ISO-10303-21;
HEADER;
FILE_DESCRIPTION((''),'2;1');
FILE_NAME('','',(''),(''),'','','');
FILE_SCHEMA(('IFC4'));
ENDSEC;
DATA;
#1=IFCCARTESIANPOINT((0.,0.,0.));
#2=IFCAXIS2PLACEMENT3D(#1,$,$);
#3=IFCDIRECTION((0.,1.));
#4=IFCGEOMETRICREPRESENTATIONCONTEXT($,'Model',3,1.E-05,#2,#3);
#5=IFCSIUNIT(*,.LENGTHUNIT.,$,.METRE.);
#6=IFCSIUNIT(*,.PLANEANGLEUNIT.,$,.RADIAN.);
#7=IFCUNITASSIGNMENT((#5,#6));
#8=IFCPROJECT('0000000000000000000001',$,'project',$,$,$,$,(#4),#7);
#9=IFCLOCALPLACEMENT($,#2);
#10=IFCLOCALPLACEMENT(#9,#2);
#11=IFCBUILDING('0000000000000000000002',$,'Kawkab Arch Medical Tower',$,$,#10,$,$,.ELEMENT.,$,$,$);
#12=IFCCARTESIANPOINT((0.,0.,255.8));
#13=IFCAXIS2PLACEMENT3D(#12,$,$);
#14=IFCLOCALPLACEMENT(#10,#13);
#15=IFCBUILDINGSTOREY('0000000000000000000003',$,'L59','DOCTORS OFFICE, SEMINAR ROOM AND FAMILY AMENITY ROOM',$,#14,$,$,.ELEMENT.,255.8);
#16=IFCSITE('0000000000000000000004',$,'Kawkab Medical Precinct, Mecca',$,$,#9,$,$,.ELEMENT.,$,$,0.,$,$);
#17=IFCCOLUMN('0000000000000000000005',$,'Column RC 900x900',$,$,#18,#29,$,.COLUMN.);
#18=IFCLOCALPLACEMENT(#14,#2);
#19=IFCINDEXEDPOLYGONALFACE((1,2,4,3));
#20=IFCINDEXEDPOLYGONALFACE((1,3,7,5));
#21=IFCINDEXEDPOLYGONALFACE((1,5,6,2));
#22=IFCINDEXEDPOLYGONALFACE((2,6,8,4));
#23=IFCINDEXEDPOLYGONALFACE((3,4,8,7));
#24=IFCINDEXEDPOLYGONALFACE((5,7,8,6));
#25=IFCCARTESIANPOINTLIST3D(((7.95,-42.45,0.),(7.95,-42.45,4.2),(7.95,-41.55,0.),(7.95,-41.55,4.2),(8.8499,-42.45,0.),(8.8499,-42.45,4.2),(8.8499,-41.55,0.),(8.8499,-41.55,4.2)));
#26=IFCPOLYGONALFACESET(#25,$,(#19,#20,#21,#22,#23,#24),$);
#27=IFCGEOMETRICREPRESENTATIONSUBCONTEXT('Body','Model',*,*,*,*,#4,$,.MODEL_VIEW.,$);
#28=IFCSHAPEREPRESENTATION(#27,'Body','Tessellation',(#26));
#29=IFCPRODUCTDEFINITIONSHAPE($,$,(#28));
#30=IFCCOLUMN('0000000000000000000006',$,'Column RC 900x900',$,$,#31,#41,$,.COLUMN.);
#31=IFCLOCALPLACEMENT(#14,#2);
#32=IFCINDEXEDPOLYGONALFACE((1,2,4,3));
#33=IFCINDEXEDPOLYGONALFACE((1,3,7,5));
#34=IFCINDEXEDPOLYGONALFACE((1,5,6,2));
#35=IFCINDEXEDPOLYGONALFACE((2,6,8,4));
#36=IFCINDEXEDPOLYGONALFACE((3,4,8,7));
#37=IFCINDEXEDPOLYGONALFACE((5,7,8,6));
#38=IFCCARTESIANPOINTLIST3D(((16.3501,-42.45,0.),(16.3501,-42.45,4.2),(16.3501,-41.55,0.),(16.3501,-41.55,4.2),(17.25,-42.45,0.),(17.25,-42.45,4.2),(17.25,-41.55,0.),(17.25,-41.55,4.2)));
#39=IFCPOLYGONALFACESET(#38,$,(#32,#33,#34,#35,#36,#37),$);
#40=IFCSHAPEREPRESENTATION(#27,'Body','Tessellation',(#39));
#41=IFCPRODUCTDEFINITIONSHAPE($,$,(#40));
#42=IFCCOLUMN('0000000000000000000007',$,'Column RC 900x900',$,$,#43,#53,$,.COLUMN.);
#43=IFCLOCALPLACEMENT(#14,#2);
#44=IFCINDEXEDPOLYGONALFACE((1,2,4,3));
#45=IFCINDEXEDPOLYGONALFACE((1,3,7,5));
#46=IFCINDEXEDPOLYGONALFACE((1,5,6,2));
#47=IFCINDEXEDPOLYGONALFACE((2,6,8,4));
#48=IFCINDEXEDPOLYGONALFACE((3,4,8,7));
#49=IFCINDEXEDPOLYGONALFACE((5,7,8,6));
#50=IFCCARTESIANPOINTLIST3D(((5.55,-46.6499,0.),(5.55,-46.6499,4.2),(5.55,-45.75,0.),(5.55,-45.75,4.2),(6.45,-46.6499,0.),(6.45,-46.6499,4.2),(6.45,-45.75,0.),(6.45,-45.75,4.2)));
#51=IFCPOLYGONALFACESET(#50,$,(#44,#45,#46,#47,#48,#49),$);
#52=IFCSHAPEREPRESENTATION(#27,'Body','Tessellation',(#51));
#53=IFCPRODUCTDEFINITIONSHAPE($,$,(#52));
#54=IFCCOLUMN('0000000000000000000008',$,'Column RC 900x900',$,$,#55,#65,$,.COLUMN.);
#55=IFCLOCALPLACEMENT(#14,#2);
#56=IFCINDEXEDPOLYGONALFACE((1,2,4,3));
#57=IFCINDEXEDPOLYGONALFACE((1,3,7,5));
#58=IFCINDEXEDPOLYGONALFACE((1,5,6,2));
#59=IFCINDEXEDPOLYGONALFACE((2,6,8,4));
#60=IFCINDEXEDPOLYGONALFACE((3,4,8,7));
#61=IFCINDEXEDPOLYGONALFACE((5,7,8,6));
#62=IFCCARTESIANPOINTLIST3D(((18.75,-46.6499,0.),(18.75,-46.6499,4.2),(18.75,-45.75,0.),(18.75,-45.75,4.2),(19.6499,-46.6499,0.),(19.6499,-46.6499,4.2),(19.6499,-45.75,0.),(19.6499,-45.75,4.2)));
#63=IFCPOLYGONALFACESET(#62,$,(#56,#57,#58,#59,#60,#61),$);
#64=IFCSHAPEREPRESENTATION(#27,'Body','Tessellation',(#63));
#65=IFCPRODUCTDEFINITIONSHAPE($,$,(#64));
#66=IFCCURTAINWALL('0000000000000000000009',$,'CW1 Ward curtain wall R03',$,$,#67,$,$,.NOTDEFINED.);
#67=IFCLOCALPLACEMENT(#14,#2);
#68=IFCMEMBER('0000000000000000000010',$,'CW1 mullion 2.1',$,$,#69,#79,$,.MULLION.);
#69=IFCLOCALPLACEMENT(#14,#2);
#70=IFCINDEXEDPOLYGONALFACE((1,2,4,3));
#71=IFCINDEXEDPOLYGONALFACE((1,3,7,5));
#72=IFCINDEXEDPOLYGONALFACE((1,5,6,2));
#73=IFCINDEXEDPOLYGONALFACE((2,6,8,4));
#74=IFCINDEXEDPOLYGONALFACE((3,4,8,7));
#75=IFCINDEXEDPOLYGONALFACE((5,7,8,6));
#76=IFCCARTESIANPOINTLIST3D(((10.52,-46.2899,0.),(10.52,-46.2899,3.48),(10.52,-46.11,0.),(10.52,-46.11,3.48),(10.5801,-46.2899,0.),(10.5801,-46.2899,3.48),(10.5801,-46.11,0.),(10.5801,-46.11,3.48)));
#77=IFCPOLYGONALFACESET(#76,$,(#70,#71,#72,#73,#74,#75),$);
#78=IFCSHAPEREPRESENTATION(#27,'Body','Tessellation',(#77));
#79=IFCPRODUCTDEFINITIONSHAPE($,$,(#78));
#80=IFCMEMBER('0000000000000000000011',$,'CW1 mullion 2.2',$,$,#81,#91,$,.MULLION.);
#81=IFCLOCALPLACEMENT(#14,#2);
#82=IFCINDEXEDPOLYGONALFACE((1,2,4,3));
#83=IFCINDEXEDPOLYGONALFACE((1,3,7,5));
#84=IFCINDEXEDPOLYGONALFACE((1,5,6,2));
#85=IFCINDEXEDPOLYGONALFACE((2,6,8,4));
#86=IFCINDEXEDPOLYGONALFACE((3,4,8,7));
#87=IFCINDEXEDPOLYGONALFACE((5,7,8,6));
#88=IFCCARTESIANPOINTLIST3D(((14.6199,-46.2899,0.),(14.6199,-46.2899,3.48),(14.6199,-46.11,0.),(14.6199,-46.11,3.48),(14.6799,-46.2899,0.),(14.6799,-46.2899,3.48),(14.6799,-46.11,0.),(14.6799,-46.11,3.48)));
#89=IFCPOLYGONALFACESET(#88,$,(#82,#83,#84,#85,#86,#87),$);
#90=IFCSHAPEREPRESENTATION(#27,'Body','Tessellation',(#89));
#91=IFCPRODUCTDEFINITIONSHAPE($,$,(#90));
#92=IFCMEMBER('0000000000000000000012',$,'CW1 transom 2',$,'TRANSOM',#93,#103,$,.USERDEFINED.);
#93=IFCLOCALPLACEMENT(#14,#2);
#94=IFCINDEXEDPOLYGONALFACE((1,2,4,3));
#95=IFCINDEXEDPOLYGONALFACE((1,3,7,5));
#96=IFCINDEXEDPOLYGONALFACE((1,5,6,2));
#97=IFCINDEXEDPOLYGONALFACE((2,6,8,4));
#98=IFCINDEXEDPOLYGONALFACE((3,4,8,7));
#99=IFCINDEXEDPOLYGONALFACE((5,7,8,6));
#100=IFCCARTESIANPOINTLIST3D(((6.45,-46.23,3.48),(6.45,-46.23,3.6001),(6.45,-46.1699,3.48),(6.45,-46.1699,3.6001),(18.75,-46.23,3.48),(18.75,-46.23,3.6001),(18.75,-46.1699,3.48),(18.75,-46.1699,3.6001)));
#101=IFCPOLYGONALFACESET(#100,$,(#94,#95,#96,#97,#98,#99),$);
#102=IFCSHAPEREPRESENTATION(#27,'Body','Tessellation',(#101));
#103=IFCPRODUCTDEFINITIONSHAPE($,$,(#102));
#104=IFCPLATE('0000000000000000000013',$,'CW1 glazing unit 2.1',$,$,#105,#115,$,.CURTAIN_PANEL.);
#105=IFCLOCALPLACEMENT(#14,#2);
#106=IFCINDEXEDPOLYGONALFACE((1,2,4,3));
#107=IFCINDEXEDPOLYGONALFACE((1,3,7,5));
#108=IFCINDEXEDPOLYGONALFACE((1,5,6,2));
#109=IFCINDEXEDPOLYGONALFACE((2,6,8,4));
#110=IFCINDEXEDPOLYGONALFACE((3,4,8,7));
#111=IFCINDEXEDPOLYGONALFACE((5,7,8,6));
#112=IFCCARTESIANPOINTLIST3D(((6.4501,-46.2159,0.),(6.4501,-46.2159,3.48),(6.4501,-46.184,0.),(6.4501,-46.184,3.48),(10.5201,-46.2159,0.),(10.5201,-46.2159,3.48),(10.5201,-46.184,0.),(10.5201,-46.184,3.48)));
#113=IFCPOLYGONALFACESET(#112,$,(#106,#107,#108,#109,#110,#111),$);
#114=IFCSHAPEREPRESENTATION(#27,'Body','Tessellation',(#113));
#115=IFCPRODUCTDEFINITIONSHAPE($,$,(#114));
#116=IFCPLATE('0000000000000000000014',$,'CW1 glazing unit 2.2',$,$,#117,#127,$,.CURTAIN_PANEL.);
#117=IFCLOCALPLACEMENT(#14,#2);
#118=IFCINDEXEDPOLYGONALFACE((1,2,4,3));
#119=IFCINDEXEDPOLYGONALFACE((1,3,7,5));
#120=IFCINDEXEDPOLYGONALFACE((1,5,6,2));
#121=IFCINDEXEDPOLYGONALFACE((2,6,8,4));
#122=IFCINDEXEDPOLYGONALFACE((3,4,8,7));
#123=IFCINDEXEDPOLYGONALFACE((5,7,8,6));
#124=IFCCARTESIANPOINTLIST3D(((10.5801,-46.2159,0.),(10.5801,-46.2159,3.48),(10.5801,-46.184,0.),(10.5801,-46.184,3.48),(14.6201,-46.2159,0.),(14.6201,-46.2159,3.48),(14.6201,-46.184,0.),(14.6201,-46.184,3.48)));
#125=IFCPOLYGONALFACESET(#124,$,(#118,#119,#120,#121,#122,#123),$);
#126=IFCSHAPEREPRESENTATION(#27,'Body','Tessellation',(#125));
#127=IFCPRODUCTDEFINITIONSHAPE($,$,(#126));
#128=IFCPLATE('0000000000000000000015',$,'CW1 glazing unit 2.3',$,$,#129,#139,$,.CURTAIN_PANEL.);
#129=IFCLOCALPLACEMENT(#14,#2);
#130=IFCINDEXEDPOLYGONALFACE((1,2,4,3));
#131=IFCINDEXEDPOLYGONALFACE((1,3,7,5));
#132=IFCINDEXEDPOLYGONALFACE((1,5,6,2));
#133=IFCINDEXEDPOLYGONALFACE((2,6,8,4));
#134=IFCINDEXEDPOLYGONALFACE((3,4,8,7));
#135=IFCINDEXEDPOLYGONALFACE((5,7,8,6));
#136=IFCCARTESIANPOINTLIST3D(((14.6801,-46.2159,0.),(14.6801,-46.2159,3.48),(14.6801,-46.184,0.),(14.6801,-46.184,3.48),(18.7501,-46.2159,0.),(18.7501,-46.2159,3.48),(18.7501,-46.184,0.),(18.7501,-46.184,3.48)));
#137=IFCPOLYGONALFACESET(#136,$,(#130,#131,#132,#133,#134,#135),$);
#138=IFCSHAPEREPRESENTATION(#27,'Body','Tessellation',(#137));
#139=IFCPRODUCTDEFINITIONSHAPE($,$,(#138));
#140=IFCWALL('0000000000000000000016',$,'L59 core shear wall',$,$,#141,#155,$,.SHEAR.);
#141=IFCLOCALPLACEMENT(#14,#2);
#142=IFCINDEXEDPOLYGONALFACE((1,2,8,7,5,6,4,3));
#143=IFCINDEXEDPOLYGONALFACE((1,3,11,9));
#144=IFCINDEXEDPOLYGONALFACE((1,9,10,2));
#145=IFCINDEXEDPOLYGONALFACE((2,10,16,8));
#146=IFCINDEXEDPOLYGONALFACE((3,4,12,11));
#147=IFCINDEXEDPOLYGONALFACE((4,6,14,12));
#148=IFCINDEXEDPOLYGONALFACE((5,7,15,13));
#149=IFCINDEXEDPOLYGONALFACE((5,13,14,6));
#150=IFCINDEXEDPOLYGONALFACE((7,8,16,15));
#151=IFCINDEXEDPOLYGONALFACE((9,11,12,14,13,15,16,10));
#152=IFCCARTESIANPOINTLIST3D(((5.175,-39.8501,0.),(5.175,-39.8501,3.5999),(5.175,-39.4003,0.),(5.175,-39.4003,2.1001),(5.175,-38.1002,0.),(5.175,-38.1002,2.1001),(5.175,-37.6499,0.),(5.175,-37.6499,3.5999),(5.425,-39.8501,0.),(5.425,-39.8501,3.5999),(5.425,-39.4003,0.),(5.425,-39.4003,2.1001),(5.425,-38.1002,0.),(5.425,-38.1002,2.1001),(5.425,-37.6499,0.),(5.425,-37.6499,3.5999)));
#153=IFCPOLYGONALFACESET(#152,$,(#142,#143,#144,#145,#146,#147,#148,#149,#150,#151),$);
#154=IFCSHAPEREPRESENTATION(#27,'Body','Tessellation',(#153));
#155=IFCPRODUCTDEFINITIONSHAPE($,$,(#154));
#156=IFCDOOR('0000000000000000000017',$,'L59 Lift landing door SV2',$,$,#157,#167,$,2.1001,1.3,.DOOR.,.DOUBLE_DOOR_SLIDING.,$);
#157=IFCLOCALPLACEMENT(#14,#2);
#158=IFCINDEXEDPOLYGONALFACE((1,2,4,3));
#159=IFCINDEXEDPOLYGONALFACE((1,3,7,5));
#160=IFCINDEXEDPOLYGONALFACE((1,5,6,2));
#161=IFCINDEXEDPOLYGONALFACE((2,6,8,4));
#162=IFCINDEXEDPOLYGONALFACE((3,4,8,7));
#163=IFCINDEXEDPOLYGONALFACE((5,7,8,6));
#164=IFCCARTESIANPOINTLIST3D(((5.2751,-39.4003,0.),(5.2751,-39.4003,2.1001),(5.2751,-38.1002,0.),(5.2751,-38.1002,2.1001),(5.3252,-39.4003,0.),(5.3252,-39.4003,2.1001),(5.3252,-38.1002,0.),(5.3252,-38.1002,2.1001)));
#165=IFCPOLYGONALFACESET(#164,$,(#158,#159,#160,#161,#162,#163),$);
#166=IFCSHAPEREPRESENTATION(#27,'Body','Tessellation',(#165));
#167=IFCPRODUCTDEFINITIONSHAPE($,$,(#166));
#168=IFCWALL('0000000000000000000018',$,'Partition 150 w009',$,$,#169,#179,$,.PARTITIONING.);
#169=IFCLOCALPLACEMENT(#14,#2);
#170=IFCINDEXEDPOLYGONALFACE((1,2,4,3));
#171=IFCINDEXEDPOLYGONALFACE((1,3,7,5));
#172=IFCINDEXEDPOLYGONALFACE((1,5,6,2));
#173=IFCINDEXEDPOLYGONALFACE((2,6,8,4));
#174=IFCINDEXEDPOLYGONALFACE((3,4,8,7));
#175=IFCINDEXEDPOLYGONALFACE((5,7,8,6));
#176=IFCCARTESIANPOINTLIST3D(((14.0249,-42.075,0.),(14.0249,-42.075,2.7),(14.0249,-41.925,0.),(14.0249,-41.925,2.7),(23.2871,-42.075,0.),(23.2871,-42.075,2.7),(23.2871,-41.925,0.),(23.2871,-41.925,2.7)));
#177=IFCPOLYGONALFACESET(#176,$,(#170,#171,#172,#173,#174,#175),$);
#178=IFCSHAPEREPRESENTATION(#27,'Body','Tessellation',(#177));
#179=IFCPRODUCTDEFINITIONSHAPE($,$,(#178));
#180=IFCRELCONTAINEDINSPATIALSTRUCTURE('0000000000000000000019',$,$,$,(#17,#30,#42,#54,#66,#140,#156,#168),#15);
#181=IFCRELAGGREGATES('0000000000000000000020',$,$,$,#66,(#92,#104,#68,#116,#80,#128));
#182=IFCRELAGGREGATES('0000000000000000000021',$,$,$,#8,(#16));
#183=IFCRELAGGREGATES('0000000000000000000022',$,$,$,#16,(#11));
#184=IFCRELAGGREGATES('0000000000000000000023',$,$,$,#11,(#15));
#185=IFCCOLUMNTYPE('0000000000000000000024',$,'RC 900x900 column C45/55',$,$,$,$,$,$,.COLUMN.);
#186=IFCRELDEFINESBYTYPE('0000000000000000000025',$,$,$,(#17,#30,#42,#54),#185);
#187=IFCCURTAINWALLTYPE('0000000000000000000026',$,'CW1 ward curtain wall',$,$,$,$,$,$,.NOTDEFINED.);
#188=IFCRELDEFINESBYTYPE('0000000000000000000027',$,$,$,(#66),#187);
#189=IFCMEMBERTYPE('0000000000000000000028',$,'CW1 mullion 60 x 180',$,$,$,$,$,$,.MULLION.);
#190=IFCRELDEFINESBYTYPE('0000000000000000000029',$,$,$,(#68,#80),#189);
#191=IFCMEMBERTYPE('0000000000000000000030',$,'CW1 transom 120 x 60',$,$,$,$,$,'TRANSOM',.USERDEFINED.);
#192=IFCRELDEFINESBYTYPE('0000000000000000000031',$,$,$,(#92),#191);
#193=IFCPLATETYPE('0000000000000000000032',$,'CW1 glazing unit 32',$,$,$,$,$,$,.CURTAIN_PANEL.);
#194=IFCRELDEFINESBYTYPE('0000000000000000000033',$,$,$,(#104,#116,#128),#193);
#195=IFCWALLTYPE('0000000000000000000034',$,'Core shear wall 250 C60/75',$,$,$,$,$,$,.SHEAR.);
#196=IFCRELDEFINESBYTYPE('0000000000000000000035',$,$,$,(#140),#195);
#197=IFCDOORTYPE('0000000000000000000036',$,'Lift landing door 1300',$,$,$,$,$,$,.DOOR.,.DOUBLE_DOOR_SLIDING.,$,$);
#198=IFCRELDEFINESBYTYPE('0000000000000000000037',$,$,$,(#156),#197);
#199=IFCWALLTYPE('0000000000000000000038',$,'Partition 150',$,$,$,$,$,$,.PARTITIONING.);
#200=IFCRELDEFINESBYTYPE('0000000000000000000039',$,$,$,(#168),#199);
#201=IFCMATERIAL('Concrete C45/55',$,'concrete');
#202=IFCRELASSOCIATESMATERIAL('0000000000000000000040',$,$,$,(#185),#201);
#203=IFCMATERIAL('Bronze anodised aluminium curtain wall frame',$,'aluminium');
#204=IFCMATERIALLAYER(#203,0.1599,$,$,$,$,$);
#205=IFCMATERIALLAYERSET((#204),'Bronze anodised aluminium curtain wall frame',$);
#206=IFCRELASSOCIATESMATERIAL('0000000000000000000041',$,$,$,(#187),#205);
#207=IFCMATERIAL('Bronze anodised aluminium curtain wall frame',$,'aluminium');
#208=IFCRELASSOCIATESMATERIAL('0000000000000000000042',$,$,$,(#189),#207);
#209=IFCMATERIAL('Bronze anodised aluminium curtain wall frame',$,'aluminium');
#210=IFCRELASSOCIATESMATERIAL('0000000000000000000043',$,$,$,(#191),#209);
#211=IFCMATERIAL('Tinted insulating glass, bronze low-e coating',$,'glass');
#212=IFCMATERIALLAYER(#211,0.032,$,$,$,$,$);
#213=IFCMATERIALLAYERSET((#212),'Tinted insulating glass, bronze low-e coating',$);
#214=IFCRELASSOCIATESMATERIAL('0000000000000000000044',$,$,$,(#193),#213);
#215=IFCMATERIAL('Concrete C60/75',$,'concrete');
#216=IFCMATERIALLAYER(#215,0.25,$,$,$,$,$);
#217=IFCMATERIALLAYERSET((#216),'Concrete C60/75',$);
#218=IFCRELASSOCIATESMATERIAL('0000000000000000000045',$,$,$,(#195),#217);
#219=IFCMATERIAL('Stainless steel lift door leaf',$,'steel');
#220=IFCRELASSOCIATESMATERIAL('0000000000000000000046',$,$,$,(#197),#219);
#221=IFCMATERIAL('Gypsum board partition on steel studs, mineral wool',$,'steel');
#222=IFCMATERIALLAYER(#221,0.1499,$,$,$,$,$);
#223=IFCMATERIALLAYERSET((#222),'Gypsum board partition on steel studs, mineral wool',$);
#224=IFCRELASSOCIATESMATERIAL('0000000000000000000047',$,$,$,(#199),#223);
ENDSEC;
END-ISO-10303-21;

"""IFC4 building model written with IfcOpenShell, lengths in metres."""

from ifc_helpers import new_model, si_unit, direction, frame, frame_2d, origin, origin_2d, place, context, subcontext, project, spatial, rectangle, extrude, material, layer, layer_set, material_profile, profile_set, type_object, element, fill, aggregate, save


model = new_model("IFC4")

# Units and contexts
model_context = context("Model", 3, precision=1e-05, world=origin(), true_north=direction((0.0, 1.0)))
body_context = subcontext(model_context, "Body", "Model", "MODEL_VIEW")
ifc_project = project(units=[si_unit("LENGTHUNIT", "METRE"), si_unit("PLANEANGLEUNIT", "RADIAN")], contexts=[model_context])

# Site, building, storey
site_placement = place(None, origin())
site = spatial("IfcSite", under=ifc_project, at=site_placement, Name="Kawkab Medical Precinct, Mecca", CompositionType="ELEMENT", RefElevation=0.0)
building_placement = place(site_placement, origin())
building = spatial("IfcBuilding", under=site, at=building_placement, Name="Kawkab Arch Medical Tower", CompositionType="ELEMENT")
storey_placement = place(building_placement, frame((0.0, 0.0, 255.8)))
storey = spatial("IfcBuildingStorey", under=building, at=storey_placement, Name="L59", Description="DOCTORS OFFICE, SEMINAR ROOM AND FAMILY AMENITY ROOM", CompositionType="ELEMENT", Elevation=255.8)

# Columns
ifc_material_1 = material(Name="Concrete C45/55", Category="concrete")
ifc_material_profile_1 = material_profile(ifc_material_1, rectangle(XDim=0.8999, YDim=0.8999, at=origin_2d()), Name="RC 900x900")
ifc_profile_set_1 = profile_set([ifc_material_profile_1], Name="Concrete C45/55")
column_type = type_object("IfcColumnType", Name="RC 900x900 column C45/55", PredefinedType="COLUMN", material=ifc_profile_set_1)
for number, where, z_axis, x_axis, name in (
    (1, (8.3999, -42.0, 0.0), (0.0, 0.0, 1.0), (1.0, 0.0, 0.0), "Column RC 900x900"),
    (2, (16.8, -42.0, 0.0), (0.0, 0.0, 1.0), (1.0, 0.0, 0.0), "Column RC 900x900"),
    (3, (6.0, -46.2, 0.0), (0.0, 0.0, 1.0), (1.0, 0.0, 0.0), "Column RC 900x900"),
    (4, (19.2, -46.2, 0.0), (0.0, 0.0, 1.0), (1.0, 0.0, 0.0), "Column RC 900x900"),
):
    element("IfcColumn", number, at=place(storey_placement, frame(where, z_axis=z_axis, x_axis=x_axis)), inside=storey, type_object=column_type, Name=name, PredefinedType="COLUMN", context=body_context, shape_type="SweptSolid", body=[
        extrude(rectangle(XDim=0.8999, YDim=0.8999, at=origin_2d()), origin(), (0.0, 0.0, 1.0), 4.2),
    ])

# Curtain wall, members, plates
ifc_material_2 = material(Name="Bronze anodised aluminium curtain wall frame", Category="aluminium")
ifc_layer_1 = layer(ifc_material_2, 0.1599)
ifc_layer_set_1 = layer_set([ifc_layer_1], Name="Bronze anodised aluminium curtain wall frame")
curtain_wall_type = type_object("IfcCurtainWallType", Name="CW1 ward curtain wall", PredefinedType="NOTDEFINED", material=ifc_layer_set_1)
curtain_wall_placement = place(storey_placement, origin())
curtain_wall = element("IfcCurtainWall", 5, at=curtain_wall_placement, inside=storey, type_object=curtain_wall_type, Name="CW1 Ward curtain wall R03", PredefinedType="NOTDEFINED")
ifc_material_3 = material(Name="Bronze anodised aluminium curtain wall frame", Category="aluminium")
ifc_material_profile_2 = material_profile(ifc_material_3, rectangle(XDim=0.1799, YDim=0.0601, at=origin_2d()), Name="AL 60x180")
ifc_profile_set_2 = profile_set([ifc_material_profile_2], Name="Bronze anodised aluminium curtain wall frame")
member_type_1 = type_object("IfcMemberType", Name="CW1 mullion 60 x 180", PredefinedType="MULLION", material=ifc_profile_set_2)
member_1_placement = place(storey_placement, frame((10.55, -46.2, 0.0), z_axis=(0.0, 0.0, 1.0), x_axis=(0.0, 1.0, 0.0)))
member_1 = element("IfcMember", 6, at=member_1_placement, type_object=member_type_1, Name="CW1 mullion 2.1", PredefinedType="MULLION", context=body_context, shape_type="SweptSolid", body=[
    extrude(rectangle(XDim=0.1799, YDim=0.0601, at=origin_2d()), origin(), (0.0, 0.0, 1.0), 3.48),
])
member_2_placement = place(storey_placement, frame((14.6499, -46.2, 0.0), z_axis=(0.0, 0.0, 1.0), x_axis=(0.0, 1.0, 0.0)))
member_2 = element("IfcMember", 7, at=member_2_placement, type_object=member_type_1, Name="CW1 mullion 2.2", PredefinedType="MULLION", context=body_context, shape_type="SweptSolid", body=[
    extrude(rectangle(XDim=0.1799, YDim=0.0601, at=origin_2d()), origin(), (0.0, 0.0, 1.0), 3.48),
])
ifc_material_4 = material(Name="Bronze anodised aluminium curtain wall frame", Category="aluminium")
ifc_material_profile_3 = material_profile(ifc_material_4, rectangle(XDim=0.0601, YDim=0.1201, at=origin_2d()), Name="AL 60x120")
ifc_profile_set_3 = profile_set([ifc_material_profile_3], Name="Bronze anodised aluminium curtain wall frame")
member_type_2 = type_object("IfcMemberType", Name="CW1 transom 120 x 60", ElementType="TRANSOM", PredefinedType="USERDEFINED", material=ifc_profile_set_3)
member_3_placement = place(storey_placement, frame((6.45, -46.2, 3.54), z_axis=(1.0, 0.0, 0.0), x_axis=(0.0, 1.0, 0.0)))
member_3 = element("IfcMember", 8, at=member_3_placement, type_object=member_type_2, Name="CW1 transom 2", ObjectType="TRANSOM", PredefinedType="USERDEFINED", context=body_context, shape_type="SweptSolid", body=[
    extrude(rectangle(XDim=0.0601, YDim=0.1201, at=origin_2d()), origin(), (0.0, 0.0, 1.0), 12.3),
])
ifc_material_5 = material(Name="Tinted insulating glass, bronze low-e coating", Category="glass")
ifc_layer_2 = layer(ifc_material_5, 0.032)
ifc_layer_set_2 = layer_set([ifc_layer_2], Name="Tinted insulating glass, bronze low-e coating")
plate_type = type_object("IfcPlateType", Name="CW1 glazing unit 32", PredefinedType="CURTAIN_PANEL", material=ifc_layer_set_2)
plate_1_placement = place(storey_placement, frame((8.4851, -46.2, 0.0), z_axis=(0.0, 0.0, 1.0), x_axis=(1.0, 0.0, 0.0)))
plate_1 = element("IfcPlate", 9, at=plate_1_placement, type_object=plate_type, Name="CW1 glazing unit 2.1", PredefinedType="CURTAIN_PANEL", context=body_context, shape_type="SweptSolid", body=[
    extrude(rectangle(XDim=4.0701, YDim=0.032, at=origin_2d()), origin(), (0.0, 0.0, 1.0), 3.48),
])
plate_2_placement = place(storey_placement, frame((12.6001, -46.2, 0.0), z_axis=(0.0, 0.0, 1.0), x_axis=(1.0, 0.0, 0.0)))
plate_2 = element("IfcPlate", 10, at=plate_2_placement, type_object=plate_type, Name="CW1 glazing unit 2.2", PredefinedType="CURTAIN_PANEL", context=body_context, shape_type="SweptSolid", body=[
    extrude(rectangle(XDim=4.04, YDim=0.032, at=origin_2d()), origin(), (0.0, 0.0, 1.0), 3.48),
])
plate_3_placement = place(storey_placement, frame((16.7151, -46.2, 0.0), z_axis=(0.0, 0.0, 1.0), x_axis=(1.0, 0.0, 0.0)))
plate_3 = element("IfcPlate", 11, at=plate_3_placement, type_object=plate_type, Name="CW1 glazing unit 2.3", PredefinedType="CURTAIN_PANEL", context=body_context, shape_type="SweptSolid", body=[
    extrude(rectangle(XDim=4.0701, YDim=0.032, at=origin_2d()), origin(), (0.0, 0.0, 1.0), 3.48),
])
aggregate(curtain_wall, [member_3, plate_1, member_1, plate_2, member_2, plate_3])

# Wall, opening, door
ifc_material_6 = material(Name="Concrete C60/75", Category="concrete")
ifc_layer_3 = layer(ifc_material_6, 0.25)
ifc_layer_set_3 = layer_set([ifc_layer_3], Name="Concrete C60/75")
wall_type_1 = type_object("IfcWallType", Name="Core shear wall 250 C60/75", PredefinedType="SHEAR", material=ifc_layer_set_3)
wall_1_placement = place(storey_placement, frame((5.3, -39.8501, 0.0), z_axis=(0.0, 0.0, 1.0), x_axis=(0.0, 1.0, 0.0)))
wall_1 = element("IfcWall", 12, at=wall_1_placement, inside=storey, type_object=wall_type_1, Name="L59 core shear wall", PredefinedType="SHEAR", context=body_context, shape_type="SweptSolid", body=[
    extrude(rectangle(XDim=2.2002, YDim=0.25, at=frame_2d((1.1001, 0.0))), origin(), (0.0, 0.0, 1.0), 3.5999),
])
opening_1_placement = place(wall_1_placement, frame((0.45, 0.0, 0.0)))
opening_1 = element("IfcOpeningElement", 13, at=opening_1_placement, cuts=wall_1, PredefinedType="OPENING", context=body_context, shape_type="SweptSolid", body=[
    extrude(rectangle(XDim=1.3, YDim=2.1001, at=frame_2d((0.6499, 1.05))), frame((0.0, 0.135, 0.0), z_axis=(0.0, -1.0, 0.0), x_axis=(1.0, 0.0, 0.0)), (0.0, 0.0, 1.0), 0.27),
])
ifc_material_7 = material(Name="Stainless steel lift door leaf", Category="steel")
door_type_1 = type_object("IfcDoorType", Name="Lift landing door 1300", OperationType="DOUBLE_DOOR_SLIDING", PredefinedType="DOOR", material=ifc_material_7)
door_1_placement = place(opening_1_placement, origin())
door_1 = element("IfcDoor", 14, at=door_1_placement, inside=storey, type_object=door_type_1, Name="L59 Lift landing door SV2", OperationType="DOUBLE_DOOR_SLIDING", OverallHeight=2.1001, OverallWidth=1.3, PredefinedType="DOOR", context=body_context, shape_type="SweptSolid", body=[
    extrude(rectangle(XDim=1.3, YDim=2.1001, at=frame_2d((0.6499, 1.05))), frame((0.0, 0.0249, 0.0), z_axis=(0.0, -1.0, 0.0), x_axis=(1.0, 0.0, 0.0)), (0.0, 0.0, 1.0), 0.05),
])
fill(opening_1, door_1)

# Wall
ifc_material_8 = material(Name="Gypsum board partition on steel studs, mineral wool", Category="steel")
ifc_layer_4 = layer(ifc_material_8, 0.1499)
ifc_layer_set_4 = layer_set([ifc_layer_4], Name="Gypsum board partition on steel studs, mineral wool")
wall_type_2 = type_object("IfcWallType", Name="Partition 150", PredefinedType="PARTITIONING", material=ifc_layer_set_4)
wall_2_placement = place(storey_placement, frame((14.0249, -42.0, 0.0), z_axis=(0.0, 0.0, 1.0), x_axis=(1.0, 0.0, 0.0)))
element("IfcWall", 15, at=wall_2_placement, inside=storey, type_object=wall_type_2, Name="Partition 150 w009", PredefinedType="PARTITIONING", context=body_context, shape_type="SweptSolid", body=[
    extrude(rectangle(XDim=9.2622, YDim=0.1499, at=frame_2d((4.6311, 0.0))), origin(), (0.0, 0.0, 1.0), 2.7),
])

save(model, "model.ifc")
